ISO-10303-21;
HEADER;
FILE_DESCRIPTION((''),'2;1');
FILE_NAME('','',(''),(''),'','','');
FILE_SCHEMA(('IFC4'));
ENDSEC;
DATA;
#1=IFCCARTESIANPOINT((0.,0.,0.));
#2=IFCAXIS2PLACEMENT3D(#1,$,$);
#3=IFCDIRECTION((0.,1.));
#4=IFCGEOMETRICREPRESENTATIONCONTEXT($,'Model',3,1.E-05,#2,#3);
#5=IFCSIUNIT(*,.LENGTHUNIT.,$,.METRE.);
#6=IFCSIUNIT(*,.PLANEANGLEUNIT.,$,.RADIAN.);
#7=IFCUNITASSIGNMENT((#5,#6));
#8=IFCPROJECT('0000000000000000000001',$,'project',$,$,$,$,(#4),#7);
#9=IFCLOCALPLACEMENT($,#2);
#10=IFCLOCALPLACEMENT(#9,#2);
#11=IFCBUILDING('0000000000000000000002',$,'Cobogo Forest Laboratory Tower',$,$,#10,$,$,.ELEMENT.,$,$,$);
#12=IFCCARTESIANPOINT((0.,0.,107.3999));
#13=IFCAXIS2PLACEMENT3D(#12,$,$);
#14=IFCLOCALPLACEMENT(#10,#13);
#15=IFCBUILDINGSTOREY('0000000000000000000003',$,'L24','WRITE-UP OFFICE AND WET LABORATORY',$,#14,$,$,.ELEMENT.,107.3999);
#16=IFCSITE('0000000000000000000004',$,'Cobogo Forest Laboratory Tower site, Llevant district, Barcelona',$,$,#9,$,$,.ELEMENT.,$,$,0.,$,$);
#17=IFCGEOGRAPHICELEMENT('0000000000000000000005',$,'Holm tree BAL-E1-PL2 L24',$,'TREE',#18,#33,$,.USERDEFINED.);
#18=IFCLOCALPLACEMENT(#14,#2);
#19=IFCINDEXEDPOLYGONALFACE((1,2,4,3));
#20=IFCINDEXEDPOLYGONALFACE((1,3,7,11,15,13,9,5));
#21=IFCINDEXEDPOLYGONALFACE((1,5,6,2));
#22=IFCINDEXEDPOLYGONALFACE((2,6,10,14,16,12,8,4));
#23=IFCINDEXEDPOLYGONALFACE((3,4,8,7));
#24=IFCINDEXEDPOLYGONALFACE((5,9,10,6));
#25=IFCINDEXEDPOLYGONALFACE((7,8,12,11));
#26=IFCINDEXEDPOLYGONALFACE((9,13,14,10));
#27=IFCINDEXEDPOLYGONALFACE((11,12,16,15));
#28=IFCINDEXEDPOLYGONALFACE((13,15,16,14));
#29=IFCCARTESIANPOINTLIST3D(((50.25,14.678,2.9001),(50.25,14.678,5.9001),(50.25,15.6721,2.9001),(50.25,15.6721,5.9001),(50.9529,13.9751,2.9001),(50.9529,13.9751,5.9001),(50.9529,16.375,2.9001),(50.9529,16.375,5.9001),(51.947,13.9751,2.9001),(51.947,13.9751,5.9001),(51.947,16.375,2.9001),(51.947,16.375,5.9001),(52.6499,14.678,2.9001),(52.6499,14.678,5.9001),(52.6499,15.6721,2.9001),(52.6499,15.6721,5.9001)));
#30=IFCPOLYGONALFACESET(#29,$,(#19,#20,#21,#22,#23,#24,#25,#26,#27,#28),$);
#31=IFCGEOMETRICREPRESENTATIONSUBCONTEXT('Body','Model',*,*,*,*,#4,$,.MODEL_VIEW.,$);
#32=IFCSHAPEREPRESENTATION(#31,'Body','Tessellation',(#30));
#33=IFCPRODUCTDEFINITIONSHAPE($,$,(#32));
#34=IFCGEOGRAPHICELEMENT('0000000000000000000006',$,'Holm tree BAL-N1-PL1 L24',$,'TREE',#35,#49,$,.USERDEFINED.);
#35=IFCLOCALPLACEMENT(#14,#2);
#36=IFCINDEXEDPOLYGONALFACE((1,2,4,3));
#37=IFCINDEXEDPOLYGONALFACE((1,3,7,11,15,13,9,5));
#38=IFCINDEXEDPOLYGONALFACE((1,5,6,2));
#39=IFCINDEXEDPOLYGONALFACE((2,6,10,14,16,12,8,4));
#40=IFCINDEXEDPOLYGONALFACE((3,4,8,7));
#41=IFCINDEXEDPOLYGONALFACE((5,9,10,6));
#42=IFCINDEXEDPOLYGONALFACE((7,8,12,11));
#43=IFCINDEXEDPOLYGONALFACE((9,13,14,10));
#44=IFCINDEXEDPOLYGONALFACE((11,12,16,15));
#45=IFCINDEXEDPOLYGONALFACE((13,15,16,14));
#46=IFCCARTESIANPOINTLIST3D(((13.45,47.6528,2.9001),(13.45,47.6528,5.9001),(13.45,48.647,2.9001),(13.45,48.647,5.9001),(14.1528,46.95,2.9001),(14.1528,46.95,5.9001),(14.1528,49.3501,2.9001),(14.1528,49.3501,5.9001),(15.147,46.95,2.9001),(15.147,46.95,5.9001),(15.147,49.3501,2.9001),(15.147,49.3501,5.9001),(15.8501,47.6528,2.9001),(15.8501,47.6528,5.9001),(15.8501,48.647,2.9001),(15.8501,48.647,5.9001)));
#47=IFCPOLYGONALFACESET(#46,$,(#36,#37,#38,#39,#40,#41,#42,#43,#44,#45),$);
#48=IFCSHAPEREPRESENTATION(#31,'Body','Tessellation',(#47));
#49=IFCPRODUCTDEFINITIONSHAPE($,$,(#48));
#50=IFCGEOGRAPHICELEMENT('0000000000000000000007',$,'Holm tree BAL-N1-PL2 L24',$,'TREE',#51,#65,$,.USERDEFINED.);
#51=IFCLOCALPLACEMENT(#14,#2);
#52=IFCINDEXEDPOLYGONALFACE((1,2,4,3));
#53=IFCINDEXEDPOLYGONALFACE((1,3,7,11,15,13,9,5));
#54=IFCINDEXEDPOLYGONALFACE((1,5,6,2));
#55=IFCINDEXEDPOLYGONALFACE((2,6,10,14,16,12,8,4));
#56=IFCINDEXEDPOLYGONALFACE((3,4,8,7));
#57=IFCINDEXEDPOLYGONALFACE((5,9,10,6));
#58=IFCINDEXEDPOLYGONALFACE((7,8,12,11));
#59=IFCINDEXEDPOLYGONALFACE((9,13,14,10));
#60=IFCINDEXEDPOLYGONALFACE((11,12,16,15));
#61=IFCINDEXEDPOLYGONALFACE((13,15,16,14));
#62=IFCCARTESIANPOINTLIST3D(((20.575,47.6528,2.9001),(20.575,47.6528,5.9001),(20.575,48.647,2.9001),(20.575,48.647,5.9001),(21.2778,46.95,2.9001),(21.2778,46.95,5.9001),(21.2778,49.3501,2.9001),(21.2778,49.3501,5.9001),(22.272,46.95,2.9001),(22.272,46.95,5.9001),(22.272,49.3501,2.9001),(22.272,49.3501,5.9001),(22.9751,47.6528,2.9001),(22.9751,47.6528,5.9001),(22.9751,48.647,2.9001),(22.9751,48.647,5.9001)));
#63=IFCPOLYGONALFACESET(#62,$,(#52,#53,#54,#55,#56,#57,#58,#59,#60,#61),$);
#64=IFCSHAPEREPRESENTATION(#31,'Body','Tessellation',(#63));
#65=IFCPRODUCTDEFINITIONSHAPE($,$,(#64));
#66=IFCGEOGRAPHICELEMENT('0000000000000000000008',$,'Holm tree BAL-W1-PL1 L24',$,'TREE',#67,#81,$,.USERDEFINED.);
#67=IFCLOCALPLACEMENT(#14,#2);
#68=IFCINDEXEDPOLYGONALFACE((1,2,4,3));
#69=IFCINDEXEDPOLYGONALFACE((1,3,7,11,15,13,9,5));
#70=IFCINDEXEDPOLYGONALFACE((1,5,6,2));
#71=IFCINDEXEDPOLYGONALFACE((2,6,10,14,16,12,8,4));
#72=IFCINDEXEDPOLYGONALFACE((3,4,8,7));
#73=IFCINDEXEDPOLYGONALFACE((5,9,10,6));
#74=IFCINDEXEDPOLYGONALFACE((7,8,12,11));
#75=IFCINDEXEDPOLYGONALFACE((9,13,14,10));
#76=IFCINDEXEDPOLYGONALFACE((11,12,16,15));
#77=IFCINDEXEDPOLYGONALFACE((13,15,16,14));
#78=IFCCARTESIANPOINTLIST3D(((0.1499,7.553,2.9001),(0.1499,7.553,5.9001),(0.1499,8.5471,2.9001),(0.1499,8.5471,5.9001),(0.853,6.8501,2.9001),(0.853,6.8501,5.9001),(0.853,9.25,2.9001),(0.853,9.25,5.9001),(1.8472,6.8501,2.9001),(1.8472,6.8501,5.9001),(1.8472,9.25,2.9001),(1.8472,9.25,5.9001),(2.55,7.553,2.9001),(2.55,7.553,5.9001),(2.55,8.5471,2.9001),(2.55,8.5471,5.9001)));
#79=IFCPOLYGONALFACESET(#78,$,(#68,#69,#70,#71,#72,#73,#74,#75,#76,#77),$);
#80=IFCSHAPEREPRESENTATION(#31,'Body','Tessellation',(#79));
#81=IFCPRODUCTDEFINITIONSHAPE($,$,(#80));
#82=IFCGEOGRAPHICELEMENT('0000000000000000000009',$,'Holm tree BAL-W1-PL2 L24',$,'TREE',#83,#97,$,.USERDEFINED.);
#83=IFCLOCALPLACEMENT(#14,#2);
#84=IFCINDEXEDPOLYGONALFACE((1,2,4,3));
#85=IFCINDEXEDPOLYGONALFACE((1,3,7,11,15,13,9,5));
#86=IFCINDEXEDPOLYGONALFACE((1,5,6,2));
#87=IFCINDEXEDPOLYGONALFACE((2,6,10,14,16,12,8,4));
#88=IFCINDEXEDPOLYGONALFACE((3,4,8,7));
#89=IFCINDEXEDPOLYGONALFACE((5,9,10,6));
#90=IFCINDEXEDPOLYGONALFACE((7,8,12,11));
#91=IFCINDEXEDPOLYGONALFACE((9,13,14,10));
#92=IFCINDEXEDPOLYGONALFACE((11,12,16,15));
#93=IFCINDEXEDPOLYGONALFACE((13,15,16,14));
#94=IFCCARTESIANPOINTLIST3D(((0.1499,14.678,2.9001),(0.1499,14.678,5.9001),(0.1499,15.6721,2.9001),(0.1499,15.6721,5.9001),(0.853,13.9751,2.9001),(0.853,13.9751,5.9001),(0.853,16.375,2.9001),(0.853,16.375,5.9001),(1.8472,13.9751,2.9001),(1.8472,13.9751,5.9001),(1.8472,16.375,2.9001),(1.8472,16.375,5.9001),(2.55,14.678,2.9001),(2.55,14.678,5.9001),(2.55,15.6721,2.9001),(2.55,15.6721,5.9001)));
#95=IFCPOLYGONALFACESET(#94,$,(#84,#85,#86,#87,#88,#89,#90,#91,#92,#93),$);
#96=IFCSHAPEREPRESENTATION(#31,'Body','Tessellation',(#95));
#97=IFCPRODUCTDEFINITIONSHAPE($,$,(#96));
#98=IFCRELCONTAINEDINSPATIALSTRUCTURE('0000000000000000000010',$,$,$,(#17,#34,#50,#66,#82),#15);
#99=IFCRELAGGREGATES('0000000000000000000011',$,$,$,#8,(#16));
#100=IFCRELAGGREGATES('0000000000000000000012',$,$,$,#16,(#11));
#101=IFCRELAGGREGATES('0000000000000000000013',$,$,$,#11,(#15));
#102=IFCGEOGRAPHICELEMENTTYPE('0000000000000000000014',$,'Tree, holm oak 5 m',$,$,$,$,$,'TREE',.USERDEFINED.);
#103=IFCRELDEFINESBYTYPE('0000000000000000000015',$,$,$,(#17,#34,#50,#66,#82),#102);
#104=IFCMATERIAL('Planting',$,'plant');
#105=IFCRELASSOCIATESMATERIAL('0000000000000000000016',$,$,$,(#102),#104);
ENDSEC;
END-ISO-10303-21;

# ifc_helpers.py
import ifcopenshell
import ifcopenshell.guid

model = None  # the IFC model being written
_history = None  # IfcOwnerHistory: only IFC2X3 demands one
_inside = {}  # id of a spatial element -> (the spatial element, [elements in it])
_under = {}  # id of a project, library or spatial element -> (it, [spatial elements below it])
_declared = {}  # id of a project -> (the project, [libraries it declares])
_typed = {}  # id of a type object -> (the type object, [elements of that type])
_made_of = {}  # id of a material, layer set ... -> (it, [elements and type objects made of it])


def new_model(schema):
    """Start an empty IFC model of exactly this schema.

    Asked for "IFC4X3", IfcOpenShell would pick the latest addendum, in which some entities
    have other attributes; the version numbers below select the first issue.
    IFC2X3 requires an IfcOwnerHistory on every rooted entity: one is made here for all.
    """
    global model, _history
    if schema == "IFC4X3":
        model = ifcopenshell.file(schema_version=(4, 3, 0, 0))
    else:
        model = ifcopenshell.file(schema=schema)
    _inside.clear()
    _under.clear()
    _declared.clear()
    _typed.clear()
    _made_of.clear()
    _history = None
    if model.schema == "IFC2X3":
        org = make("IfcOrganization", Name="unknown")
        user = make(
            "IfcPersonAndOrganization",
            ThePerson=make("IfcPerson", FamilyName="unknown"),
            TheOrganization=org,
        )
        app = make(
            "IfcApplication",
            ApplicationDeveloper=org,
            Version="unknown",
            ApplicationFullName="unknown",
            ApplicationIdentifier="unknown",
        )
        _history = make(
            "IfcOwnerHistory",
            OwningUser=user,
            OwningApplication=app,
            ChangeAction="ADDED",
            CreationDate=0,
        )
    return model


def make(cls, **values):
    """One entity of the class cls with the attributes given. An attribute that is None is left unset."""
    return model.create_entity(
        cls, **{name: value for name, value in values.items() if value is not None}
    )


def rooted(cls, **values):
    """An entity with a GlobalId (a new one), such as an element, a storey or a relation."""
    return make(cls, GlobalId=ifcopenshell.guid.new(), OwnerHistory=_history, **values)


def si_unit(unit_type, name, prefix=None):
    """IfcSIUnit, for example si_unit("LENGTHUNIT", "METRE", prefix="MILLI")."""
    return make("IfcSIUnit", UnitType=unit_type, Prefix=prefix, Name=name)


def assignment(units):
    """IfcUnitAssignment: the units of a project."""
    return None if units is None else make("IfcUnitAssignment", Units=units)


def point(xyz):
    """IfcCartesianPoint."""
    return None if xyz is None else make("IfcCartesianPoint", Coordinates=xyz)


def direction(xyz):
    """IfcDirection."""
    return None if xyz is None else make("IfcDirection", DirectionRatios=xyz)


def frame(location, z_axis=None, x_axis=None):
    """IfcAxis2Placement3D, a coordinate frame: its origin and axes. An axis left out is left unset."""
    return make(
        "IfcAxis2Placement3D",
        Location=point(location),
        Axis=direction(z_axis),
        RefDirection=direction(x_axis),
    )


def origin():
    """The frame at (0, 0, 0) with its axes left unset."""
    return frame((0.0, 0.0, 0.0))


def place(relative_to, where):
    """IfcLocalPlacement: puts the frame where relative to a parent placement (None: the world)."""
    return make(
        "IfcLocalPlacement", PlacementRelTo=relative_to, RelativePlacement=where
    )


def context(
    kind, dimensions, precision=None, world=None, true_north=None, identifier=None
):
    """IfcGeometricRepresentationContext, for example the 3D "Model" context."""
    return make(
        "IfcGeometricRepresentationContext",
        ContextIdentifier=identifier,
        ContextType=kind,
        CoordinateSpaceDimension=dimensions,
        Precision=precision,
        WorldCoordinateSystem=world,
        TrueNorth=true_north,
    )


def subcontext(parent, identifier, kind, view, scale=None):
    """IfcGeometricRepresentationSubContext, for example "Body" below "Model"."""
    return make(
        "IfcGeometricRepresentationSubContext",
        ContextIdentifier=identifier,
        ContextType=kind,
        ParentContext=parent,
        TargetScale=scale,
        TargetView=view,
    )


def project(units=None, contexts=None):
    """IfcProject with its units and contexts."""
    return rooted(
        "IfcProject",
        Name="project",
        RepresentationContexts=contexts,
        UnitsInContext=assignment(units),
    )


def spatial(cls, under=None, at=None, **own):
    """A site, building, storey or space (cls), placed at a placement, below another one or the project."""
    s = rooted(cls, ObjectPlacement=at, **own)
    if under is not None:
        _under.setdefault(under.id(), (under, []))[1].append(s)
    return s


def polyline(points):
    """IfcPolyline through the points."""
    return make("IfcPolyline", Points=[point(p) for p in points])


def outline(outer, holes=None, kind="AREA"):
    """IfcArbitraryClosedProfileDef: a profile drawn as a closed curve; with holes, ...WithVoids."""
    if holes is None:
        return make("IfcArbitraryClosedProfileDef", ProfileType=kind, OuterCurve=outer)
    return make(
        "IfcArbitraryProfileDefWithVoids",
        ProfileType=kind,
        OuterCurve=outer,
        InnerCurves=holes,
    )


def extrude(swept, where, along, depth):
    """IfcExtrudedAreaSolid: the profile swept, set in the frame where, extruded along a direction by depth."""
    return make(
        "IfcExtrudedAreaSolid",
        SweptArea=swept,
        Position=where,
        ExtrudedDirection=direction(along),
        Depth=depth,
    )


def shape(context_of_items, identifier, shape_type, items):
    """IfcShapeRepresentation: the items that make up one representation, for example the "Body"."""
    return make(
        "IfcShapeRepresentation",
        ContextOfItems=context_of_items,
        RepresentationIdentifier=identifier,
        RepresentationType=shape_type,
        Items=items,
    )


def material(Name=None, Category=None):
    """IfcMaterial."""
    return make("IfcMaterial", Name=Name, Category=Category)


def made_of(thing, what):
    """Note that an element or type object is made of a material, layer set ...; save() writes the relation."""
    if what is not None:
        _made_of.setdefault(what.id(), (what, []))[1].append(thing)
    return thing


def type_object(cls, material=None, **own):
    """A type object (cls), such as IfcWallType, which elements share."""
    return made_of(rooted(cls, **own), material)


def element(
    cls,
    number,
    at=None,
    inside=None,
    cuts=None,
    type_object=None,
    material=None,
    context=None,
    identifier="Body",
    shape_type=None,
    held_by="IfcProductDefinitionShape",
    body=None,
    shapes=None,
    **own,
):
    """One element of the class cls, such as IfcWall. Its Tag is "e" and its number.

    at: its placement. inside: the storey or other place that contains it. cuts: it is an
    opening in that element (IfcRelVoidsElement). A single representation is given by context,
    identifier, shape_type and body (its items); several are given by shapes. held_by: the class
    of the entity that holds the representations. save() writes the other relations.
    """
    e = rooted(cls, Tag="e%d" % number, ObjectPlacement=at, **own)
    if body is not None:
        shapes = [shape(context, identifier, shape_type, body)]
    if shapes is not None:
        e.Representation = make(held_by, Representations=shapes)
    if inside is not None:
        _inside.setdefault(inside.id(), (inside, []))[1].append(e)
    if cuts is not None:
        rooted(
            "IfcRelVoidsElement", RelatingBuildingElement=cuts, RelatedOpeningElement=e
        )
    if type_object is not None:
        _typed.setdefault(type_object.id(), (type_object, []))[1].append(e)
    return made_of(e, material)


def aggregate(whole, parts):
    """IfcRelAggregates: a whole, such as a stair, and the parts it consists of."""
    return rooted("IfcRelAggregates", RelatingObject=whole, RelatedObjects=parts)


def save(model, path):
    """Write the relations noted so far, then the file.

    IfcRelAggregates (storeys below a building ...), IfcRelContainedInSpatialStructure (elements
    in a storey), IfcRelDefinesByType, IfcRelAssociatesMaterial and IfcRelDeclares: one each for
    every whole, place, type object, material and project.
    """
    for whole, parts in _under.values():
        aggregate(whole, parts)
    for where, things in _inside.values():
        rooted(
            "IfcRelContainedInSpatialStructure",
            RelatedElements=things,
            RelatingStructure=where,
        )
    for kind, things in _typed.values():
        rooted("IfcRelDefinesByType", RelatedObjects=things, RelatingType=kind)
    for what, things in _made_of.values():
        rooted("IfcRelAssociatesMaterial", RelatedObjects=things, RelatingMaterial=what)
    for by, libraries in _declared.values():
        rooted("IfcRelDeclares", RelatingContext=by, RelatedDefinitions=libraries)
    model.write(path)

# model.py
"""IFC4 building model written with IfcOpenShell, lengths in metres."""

from ifc_helpers import new_model, si_unit, direction, frame, origin, place, context, subcontext, project, spatial, polyline, outline, extrude, material, type_object, element, save


model = new_model("IFC4")

# Units and contexts
model_context = context("Model", 3, precision=1e-05, world=origin(), true_north=direction((0.0, 1.0)))
body_context = subcontext(model_context, "Body", "Model", "MODEL_VIEW")
ifc_project = project(units=[si_unit("LENGTHUNIT", "METRE"), si_unit("PLANEANGLEUNIT", "RADIAN")], contexts=[model_context])

# Site, building, storey
site_placement = place(None, origin())
site = spatial("IfcSite", under=ifc_project, at=site_placement, Name="Cobogo Forest Laboratory Tower site, Llevant district, Barcelona", CompositionType="ELEMENT", RefElevation=0.0)
building_placement = place(site_placement, origin())
building = spatial("IfcBuilding", under=site, at=building_placement, Name="Cobogo Forest Laboratory Tower", CompositionType="ELEMENT")
storey_placement = place(building_placement, frame((0.0, 0.0, 107.3999)))
storey = spatial("IfcBuildingStorey", under=building, at=storey_placement, Name="L24", Description="WRITE-UP OFFICE AND WET LABORATORY", CompositionType="ELEMENT", Elevation=107.3999)

# Geographic elements
ifc_material_1 = material(Name="Planting", Category="plant")
geographic_element_type = type_object("IfcGeographicElementType", Name="Tree, holm oak 5 m", ElementType="TREE", PredefinedType="USERDEFINED", material=ifc_material_1)
geographic_element_1_placement = place(storey_placement, frame((0.0, 0.0, 2.9001)))
element("IfcGeographicElement", 1, at=geographic_element_1_placement, inside=storey, type_object=geographic_element_type, Name="Holm tree BAL-E1-PL2 L24", ObjectType="TREE", PredefinedType="USERDEFINED", context=body_context, shape_type="SweptSolid", body=[
    extrude(outline(polyline([(52.6499, 14.678), (52.6499, 15.6721), (51.947, 16.375), (50.9529, 16.375), (50.25, 15.6721), (50.25, 14.678), (50.9529, 13.9751), (51.947, 13.9751), (52.6499, 14.678)])), origin(), (0.0, 0.0, 1.0), 3.0),
])
geographic_element_2_placement = place(storey_placement, frame((0.0, 0.0, 2.9001)))
element("IfcGeographicElement", 2, at=geographic_element_2_placement, inside=storey, type_object=geographic_element_type, Name="Holm tree BAL-N1-PL1 L24", ObjectType="TREE", PredefinedType="USERDEFINED", context=body_context, shape_type="SweptSolid", body=[
    extrude(outline(polyline([(15.8501, 47.6528), (15.8501, 48.647), (15.147, 49.3501), (14.1528, 49.3501), (13.45, 48.647), (13.45, 47.6528), (14.1528, 46.95), (15.147, 46.95), (15.8501, 47.6528)])), origin(), (0.0, 0.0, 1.0), 3.0),
])
geographic_element_3_placement = place(storey_placement, frame((0.0, 0.0, 2.9001)))
element("IfcGeographicElement", 3, at=geographic_element_3_placement, inside=storey, type_object=geographic_element_type, Name="Holm tree BAL-N1-PL2 L24", ObjectType="TREE", PredefinedType="USERDEFINED", context=body_context, shape_type="SweptSolid", body=[
    extrude(outline(polyline([(22.9751, 47.6528), (22.9751, 48.647), (22.272, 49.3501), (21.2778, 49.3501), (20.575, 48.647), (20.575, 47.6528), (21.2778, 46.95), (22.272, 46.95), (22.9751, 47.6528)])), origin(), (0.0, 0.0, 1.0), 3.0),
])
geographic_element_4_placement = place(storey_placement, frame((0.0, 0.0, 2.9001)))
element("IfcGeographicElement", 4, at=geographic_element_4_placement, inside=storey, type_object=geographic_element_type, Name="Holm tree BAL-W1-PL1 L24", ObjectType="TREE", PredefinedType="USERDEFINED", context=body_context, shape_type="SweptSolid", body=[
    extrude(outline(polyline([(2.55, 7.553), (2.55, 8.5471), (1.8472, 9.25), (0.853, 9.25), (0.1499, 8.5471), (0.1499, 7.553), (0.853, 6.8501), (1.8472, 6.8501), (2.55, 7.553)])), origin(), (0.0, 0.0, 1.0), 3.0),
])
geographic_element_5_placement = place(storey_placement, frame((0.0, 0.0, 2.9001)))
element("IfcGeographicElement", 5, at=geographic_element_5_placement, inside=storey, type_object=geographic_element_type, Name="Holm tree BAL-W1-PL2 L24", ObjectType="TREE", PredefinedType="USERDEFINED", context=body_context, shape_type="SweptSolid", body=[
    extrude(outline(polyline([(2.55, 14.678), (2.55, 15.6721), (1.8472, 16.375), (0.853, 16.375), (0.1499, 15.6721), (0.1499, 14.678), (0.853, 13.9751), (1.8472, 13.9751), (2.55, 14.678)])), origin(), (0.0, 0.0, 1.0), 3.0),
])

save(model, "model.ifc")
